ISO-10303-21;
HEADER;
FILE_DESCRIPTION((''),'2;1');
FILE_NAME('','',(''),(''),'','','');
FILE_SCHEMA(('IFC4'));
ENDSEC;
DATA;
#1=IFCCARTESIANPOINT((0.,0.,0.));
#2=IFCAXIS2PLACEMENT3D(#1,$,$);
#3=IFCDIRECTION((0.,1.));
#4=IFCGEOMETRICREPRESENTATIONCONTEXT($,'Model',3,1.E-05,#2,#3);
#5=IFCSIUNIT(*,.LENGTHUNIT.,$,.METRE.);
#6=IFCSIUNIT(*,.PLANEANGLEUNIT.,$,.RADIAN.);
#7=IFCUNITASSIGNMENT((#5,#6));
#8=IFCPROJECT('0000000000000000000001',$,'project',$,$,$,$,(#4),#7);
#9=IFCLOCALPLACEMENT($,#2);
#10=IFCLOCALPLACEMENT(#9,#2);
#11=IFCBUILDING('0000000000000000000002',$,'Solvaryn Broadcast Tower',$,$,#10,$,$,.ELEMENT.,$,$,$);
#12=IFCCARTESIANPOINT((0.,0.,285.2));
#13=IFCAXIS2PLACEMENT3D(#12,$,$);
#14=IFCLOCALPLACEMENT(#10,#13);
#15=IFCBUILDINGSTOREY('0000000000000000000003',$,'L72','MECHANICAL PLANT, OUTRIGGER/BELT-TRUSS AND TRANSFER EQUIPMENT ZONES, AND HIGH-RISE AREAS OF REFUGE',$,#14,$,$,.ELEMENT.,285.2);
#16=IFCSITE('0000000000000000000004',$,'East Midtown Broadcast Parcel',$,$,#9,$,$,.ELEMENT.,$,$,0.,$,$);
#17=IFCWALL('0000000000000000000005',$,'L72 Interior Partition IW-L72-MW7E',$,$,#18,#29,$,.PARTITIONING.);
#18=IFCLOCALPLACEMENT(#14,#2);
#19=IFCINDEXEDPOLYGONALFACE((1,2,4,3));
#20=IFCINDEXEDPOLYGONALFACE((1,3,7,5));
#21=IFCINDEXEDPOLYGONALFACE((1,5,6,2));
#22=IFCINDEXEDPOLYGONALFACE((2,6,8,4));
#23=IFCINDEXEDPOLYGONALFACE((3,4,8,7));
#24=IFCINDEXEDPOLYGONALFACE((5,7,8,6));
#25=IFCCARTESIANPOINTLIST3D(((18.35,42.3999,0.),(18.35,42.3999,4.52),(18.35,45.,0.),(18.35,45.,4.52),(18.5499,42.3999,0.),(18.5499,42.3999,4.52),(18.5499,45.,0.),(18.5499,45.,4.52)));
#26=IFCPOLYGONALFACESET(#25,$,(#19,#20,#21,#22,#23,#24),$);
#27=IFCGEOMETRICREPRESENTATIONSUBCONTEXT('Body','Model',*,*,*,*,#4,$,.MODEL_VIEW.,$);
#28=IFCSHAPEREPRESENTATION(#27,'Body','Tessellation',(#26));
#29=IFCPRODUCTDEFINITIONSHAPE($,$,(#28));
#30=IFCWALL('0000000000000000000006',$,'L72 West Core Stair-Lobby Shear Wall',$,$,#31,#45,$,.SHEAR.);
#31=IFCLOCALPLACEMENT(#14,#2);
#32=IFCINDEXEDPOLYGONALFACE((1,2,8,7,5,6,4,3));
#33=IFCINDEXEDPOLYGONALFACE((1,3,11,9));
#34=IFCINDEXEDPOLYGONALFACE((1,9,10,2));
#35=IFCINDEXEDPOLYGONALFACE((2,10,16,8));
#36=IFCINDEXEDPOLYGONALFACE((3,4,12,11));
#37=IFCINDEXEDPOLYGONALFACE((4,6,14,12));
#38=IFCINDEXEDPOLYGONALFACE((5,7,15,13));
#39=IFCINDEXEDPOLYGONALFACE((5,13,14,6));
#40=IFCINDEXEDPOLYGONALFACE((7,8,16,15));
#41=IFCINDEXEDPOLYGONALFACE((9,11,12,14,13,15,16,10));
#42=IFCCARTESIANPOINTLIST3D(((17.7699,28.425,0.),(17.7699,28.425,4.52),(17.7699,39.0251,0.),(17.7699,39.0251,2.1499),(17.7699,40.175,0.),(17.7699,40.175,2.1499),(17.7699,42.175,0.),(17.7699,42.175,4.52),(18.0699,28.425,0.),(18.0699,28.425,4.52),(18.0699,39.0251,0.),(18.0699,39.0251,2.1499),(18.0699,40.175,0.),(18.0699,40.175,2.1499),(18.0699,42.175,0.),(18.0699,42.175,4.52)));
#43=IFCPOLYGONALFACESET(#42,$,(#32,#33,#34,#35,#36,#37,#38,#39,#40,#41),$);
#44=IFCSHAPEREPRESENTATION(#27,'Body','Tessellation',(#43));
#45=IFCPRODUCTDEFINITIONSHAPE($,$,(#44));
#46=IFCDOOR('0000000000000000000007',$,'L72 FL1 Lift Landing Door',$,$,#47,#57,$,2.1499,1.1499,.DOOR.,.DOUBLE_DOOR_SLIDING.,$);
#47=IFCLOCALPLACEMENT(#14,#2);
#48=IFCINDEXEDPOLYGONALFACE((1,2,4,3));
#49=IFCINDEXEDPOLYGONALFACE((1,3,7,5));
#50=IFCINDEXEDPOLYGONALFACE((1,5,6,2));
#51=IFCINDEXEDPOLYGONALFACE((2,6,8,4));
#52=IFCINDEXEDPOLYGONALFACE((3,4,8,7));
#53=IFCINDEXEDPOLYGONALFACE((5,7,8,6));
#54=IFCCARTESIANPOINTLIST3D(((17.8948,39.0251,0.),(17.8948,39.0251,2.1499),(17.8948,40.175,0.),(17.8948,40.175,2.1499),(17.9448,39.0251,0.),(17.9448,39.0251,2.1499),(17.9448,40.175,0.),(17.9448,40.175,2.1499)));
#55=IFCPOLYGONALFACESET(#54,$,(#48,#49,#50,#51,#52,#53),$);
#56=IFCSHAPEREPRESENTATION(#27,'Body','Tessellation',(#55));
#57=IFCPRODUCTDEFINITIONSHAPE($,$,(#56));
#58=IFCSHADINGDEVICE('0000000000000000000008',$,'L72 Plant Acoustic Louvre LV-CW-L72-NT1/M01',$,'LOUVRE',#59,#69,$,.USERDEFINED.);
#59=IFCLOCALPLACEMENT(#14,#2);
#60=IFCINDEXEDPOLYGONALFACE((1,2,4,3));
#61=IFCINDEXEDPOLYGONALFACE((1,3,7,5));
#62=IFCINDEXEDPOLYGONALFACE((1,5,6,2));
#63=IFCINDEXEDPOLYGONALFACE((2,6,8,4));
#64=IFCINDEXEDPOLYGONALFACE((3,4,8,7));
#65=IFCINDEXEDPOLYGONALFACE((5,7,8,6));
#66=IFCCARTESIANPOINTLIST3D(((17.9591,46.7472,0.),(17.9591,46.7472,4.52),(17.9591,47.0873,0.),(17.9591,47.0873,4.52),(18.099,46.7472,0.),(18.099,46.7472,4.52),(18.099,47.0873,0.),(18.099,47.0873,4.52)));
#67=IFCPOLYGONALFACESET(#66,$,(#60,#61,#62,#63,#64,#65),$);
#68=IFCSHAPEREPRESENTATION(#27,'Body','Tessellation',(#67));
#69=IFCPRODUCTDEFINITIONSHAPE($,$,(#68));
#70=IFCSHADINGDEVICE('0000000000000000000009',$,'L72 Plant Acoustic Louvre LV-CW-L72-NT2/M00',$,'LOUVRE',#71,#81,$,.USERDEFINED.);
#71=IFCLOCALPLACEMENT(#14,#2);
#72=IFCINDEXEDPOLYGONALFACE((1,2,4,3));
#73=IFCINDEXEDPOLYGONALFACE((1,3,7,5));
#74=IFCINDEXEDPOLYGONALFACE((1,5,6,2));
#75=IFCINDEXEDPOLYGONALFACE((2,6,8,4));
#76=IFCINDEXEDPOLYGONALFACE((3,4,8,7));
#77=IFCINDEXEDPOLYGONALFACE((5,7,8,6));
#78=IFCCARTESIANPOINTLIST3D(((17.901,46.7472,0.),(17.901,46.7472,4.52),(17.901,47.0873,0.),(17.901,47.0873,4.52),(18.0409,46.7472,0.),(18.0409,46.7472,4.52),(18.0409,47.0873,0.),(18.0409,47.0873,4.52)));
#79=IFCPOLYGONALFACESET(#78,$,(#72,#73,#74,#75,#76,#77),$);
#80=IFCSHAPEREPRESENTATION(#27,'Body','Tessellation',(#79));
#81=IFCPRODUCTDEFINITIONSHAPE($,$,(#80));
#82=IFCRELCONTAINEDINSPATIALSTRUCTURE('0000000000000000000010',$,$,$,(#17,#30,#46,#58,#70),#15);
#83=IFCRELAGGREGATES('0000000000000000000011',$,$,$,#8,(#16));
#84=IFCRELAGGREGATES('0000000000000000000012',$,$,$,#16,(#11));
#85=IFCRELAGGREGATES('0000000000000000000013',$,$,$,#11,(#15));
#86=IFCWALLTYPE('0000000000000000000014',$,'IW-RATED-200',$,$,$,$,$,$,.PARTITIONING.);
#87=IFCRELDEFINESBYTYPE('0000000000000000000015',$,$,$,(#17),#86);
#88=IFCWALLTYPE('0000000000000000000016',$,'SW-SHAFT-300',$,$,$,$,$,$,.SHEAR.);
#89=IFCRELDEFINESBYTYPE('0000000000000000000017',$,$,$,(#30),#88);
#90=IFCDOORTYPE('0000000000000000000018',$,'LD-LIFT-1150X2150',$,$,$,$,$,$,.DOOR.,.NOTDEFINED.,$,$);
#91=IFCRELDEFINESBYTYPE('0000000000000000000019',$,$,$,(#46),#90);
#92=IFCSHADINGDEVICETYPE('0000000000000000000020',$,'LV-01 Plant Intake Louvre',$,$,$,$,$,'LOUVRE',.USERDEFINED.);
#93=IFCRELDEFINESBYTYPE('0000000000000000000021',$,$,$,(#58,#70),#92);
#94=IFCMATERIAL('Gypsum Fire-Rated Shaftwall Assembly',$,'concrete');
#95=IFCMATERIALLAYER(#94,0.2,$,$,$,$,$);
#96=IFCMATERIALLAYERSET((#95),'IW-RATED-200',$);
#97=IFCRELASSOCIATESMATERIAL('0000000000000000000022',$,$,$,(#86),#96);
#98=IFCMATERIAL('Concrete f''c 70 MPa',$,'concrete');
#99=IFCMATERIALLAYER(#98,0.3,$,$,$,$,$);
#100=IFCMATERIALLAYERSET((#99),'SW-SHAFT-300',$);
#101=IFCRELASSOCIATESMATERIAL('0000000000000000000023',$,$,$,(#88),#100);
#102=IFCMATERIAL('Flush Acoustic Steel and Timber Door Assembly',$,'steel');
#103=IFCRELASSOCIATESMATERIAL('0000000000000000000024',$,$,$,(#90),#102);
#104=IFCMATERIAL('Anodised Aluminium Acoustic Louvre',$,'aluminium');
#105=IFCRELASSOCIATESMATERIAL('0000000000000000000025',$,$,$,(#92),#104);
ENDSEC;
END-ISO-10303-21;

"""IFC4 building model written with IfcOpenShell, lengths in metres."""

from ifc_helpers import new_model, si_unit, direction, frame, frame_2d, origin, origin_2d, place, context, subcontext, project, spatial, rectangle, extrude, material, layer, layer_set, type_object, element, fill, save


model = new_model("IFC4")

# Units and contexts
model_context = context("Model", 3, precision=1e-05, world=origin(), true_north=direction((0.0, 1.0)))
body_context = subcontext(model_context, "Body", "Model", "MODEL_VIEW")
ifc_project = project(units=[si_unit("LENGTHUNIT", "METRE"), si_unit("PLANEANGLEUNIT", "RADIAN")], contexts=[model_context])

# Site, building, storey
site_placement = place(None, origin())
site = spatial("IfcSite", under=ifc_project, at=site_placement, Name="East Midtown Broadcast Parcel", CompositionType="ELEMENT", RefElevation=0.0)
building_placement = place(site_placement, origin())
building = spatial("IfcBuilding", under=site, at=building_placement, Name="Solvaryn Broadcast Tower", CompositionType="ELEMENT")
storey_placement = place(building_placement, frame((0.0, 0.0, 285.2)))
storey = spatial("IfcBuildingStorey", under=building, at=storey_placement, Name="L72", Description="MECHANICAL PLANT, OUTRIGGER/BELT-TRUSS AND TRANSFER EQUIPMENT ZONES, AND HIGH-RISE AREAS OF REFUGE", CompositionType="ELEMENT", Elevation=285.2)

# Wall
ifc_material_1 = material(Name="Gypsum Fire-Rated Shaftwall Assembly", Category="concrete")
ifc_layer_1 = layer(ifc_material_1, 0.2)
ifc_layer_set_1 = layer_set([ifc_layer_1], Name="IW-RATED-200")
wall_type_1 = type_object("IfcWallType", Name="IW-RATED-200", PredefinedType="PARTITIONING", material=ifc_layer_set_1)
for number, where, z_axis, x_axis, name in (
    (1, (18.45, 42.3999, 0.0), (0.0, 0.0, 1.0), (0.0, 1.0, 0.0), "L72 Interior Partition IW-L72-MW7E"),
):
    element("IfcWall", number, at=place(storey_placement, frame(where, z_axis=z_axis, x_axis=x_axis)), inside=storey, type_object=wall_type_1, Name=name, PredefinedType="PARTITIONING", context=body_context, shape_type="SweptSolid", body=[
        extrude(rectangle(XDim=2.6001, YDim=0.2, at=frame_2d((1.3, 0.0))), origin(), (0.0, 0.0, 1.0), 4.52),
    ])

# Wall, opening, door
ifc_material_2 = material(Name="Concrete f'c 70 MPa", Category="concrete")
ifc_layer_2 = layer(ifc_material_2, 0.3)
ifc_layer_set_2 = layer_set([ifc_layer_2], Name="SW-SHAFT-300")
wall_type_2 = type_object("IfcWallType", Name="SW-SHAFT-300", PredefinedType="SHEAR", material=ifc_layer_set_2)
wall_placement = place(storey_placement, frame((17.9199, 42.175, 0.0), z_axis=(0.0, 0.0, 1.0), x_axis=(0.0, -1.0, 0.0)))
wall = element("IfcWall", 2, at=wall_placement, inside=storey, type_object=wall_type_2, Name="L72 West Core Stair-Lobby Shear Wall", PredefinedType="SHEAR", context=body_context, shape_type="SweptSolid", body=[
    extrude(rectangle(XDim=13.75, YDim=0.3, at=frame_2d((6.875, 0.0))), origin(), (0.0, 0.0, 1.0), 4.52),
])
opening_placement = place(wall_placement, frame((2.0, 0.0, 0.0)))
opening = element("IfcOpeningElement", 3, at=opening_placement, cuts=wall, PredefinedType="OPENING", context=body_context, shape_type="SweptSolid", body=[
    extrude(rectangle(XDim=1.1499, YDim=2.1499, at=frame_2d((0.575, 1.075))), frame((0.0, 0.1599, 0.0), z_axis=(0.0, -1.0, 0.0), x_axis=(1.0, 0.0, 0.0)), (0.0, 0.0, 1.0), 0.3201),
])
ifc_material_3 = material(Name="Flush Acoustic Steel and Timber Door Assembly", Category="steel")
door_type = type_object("IfcDoorType", Name="LD-LIFT-1150X2150", OperationType="NOTDEFINED", PredefinedType="DOOR", material=ifc_material_3)
door_placement = place(opening_placement, origin())
door = element("IfcDoor", 4, at=door_placement, inside=storey, type_object=door_type, Name="L72 FL1 Lift Landing Door", OperationType="DOUBLE_DOOR_SLIDING", OverallHeight=2.1499, OverallWidth=1.1499, PredefinedType="DOOR", context=body_context, shape_type="SweptSolid", body=[
    extrude(rectangle(XDim=1.1499, YDim=2.1499, at=frame_2d((0.575, 1.075))), frame((0.0, 0.0249, 0.0), z_axis=(0.0, -1.0, 0.0), x_axis=(1.0, 0.0, 0.0)), (0.0, 0.0, 1.0), 0.05),
])
fill(opening, door)

# Shading devices
ifc_material_4 = material(Name="Anodised Aluminium Acoustic Louvre", Category="aluminium")
shading_device_type = type_object("IfcShadingDeviceType", Name="LV-01 Plant Intake Louvre", ElementType="LOUVRE", PredefinedType="USERDEFINED", material=ifc_material_4)
for number, where, z_axis, x_axis, name in (
    (5, (18.0291, 46.9172, 0.0), (0.0, 0.0, 1.0), (1.0, 0.0, 0.0), "L72 Plant Acoustic Louvre LV-CW-L72-NT1/M01"),
    (6, (17.9709, 46.9172, 0.0), (0.0, 0.0, 1.0), (1.0, 0.0, 0.0), "L72 Plant Acoustic Louvre LV-CW-L72-NT2/M00"),
):
    element("IfcShadingDevice", number, at=place(storey_placement, frame(where, z_axis=z_axis, x_axis=x_axis)), inside=storey, type_object=shading_device_type, Name=name, ObjectType="LOUVRE", PredefinedType="USERDEFINED", context=body_context, shape_type="SweptSolid", body=[
        extrude(rectangle(XDim=0.1399, YDim=0.3401, at=origin_2d()), origin(), (0.0, 0.0, 1.0), 4.52),
    ])

save(model, "model.ifc")
